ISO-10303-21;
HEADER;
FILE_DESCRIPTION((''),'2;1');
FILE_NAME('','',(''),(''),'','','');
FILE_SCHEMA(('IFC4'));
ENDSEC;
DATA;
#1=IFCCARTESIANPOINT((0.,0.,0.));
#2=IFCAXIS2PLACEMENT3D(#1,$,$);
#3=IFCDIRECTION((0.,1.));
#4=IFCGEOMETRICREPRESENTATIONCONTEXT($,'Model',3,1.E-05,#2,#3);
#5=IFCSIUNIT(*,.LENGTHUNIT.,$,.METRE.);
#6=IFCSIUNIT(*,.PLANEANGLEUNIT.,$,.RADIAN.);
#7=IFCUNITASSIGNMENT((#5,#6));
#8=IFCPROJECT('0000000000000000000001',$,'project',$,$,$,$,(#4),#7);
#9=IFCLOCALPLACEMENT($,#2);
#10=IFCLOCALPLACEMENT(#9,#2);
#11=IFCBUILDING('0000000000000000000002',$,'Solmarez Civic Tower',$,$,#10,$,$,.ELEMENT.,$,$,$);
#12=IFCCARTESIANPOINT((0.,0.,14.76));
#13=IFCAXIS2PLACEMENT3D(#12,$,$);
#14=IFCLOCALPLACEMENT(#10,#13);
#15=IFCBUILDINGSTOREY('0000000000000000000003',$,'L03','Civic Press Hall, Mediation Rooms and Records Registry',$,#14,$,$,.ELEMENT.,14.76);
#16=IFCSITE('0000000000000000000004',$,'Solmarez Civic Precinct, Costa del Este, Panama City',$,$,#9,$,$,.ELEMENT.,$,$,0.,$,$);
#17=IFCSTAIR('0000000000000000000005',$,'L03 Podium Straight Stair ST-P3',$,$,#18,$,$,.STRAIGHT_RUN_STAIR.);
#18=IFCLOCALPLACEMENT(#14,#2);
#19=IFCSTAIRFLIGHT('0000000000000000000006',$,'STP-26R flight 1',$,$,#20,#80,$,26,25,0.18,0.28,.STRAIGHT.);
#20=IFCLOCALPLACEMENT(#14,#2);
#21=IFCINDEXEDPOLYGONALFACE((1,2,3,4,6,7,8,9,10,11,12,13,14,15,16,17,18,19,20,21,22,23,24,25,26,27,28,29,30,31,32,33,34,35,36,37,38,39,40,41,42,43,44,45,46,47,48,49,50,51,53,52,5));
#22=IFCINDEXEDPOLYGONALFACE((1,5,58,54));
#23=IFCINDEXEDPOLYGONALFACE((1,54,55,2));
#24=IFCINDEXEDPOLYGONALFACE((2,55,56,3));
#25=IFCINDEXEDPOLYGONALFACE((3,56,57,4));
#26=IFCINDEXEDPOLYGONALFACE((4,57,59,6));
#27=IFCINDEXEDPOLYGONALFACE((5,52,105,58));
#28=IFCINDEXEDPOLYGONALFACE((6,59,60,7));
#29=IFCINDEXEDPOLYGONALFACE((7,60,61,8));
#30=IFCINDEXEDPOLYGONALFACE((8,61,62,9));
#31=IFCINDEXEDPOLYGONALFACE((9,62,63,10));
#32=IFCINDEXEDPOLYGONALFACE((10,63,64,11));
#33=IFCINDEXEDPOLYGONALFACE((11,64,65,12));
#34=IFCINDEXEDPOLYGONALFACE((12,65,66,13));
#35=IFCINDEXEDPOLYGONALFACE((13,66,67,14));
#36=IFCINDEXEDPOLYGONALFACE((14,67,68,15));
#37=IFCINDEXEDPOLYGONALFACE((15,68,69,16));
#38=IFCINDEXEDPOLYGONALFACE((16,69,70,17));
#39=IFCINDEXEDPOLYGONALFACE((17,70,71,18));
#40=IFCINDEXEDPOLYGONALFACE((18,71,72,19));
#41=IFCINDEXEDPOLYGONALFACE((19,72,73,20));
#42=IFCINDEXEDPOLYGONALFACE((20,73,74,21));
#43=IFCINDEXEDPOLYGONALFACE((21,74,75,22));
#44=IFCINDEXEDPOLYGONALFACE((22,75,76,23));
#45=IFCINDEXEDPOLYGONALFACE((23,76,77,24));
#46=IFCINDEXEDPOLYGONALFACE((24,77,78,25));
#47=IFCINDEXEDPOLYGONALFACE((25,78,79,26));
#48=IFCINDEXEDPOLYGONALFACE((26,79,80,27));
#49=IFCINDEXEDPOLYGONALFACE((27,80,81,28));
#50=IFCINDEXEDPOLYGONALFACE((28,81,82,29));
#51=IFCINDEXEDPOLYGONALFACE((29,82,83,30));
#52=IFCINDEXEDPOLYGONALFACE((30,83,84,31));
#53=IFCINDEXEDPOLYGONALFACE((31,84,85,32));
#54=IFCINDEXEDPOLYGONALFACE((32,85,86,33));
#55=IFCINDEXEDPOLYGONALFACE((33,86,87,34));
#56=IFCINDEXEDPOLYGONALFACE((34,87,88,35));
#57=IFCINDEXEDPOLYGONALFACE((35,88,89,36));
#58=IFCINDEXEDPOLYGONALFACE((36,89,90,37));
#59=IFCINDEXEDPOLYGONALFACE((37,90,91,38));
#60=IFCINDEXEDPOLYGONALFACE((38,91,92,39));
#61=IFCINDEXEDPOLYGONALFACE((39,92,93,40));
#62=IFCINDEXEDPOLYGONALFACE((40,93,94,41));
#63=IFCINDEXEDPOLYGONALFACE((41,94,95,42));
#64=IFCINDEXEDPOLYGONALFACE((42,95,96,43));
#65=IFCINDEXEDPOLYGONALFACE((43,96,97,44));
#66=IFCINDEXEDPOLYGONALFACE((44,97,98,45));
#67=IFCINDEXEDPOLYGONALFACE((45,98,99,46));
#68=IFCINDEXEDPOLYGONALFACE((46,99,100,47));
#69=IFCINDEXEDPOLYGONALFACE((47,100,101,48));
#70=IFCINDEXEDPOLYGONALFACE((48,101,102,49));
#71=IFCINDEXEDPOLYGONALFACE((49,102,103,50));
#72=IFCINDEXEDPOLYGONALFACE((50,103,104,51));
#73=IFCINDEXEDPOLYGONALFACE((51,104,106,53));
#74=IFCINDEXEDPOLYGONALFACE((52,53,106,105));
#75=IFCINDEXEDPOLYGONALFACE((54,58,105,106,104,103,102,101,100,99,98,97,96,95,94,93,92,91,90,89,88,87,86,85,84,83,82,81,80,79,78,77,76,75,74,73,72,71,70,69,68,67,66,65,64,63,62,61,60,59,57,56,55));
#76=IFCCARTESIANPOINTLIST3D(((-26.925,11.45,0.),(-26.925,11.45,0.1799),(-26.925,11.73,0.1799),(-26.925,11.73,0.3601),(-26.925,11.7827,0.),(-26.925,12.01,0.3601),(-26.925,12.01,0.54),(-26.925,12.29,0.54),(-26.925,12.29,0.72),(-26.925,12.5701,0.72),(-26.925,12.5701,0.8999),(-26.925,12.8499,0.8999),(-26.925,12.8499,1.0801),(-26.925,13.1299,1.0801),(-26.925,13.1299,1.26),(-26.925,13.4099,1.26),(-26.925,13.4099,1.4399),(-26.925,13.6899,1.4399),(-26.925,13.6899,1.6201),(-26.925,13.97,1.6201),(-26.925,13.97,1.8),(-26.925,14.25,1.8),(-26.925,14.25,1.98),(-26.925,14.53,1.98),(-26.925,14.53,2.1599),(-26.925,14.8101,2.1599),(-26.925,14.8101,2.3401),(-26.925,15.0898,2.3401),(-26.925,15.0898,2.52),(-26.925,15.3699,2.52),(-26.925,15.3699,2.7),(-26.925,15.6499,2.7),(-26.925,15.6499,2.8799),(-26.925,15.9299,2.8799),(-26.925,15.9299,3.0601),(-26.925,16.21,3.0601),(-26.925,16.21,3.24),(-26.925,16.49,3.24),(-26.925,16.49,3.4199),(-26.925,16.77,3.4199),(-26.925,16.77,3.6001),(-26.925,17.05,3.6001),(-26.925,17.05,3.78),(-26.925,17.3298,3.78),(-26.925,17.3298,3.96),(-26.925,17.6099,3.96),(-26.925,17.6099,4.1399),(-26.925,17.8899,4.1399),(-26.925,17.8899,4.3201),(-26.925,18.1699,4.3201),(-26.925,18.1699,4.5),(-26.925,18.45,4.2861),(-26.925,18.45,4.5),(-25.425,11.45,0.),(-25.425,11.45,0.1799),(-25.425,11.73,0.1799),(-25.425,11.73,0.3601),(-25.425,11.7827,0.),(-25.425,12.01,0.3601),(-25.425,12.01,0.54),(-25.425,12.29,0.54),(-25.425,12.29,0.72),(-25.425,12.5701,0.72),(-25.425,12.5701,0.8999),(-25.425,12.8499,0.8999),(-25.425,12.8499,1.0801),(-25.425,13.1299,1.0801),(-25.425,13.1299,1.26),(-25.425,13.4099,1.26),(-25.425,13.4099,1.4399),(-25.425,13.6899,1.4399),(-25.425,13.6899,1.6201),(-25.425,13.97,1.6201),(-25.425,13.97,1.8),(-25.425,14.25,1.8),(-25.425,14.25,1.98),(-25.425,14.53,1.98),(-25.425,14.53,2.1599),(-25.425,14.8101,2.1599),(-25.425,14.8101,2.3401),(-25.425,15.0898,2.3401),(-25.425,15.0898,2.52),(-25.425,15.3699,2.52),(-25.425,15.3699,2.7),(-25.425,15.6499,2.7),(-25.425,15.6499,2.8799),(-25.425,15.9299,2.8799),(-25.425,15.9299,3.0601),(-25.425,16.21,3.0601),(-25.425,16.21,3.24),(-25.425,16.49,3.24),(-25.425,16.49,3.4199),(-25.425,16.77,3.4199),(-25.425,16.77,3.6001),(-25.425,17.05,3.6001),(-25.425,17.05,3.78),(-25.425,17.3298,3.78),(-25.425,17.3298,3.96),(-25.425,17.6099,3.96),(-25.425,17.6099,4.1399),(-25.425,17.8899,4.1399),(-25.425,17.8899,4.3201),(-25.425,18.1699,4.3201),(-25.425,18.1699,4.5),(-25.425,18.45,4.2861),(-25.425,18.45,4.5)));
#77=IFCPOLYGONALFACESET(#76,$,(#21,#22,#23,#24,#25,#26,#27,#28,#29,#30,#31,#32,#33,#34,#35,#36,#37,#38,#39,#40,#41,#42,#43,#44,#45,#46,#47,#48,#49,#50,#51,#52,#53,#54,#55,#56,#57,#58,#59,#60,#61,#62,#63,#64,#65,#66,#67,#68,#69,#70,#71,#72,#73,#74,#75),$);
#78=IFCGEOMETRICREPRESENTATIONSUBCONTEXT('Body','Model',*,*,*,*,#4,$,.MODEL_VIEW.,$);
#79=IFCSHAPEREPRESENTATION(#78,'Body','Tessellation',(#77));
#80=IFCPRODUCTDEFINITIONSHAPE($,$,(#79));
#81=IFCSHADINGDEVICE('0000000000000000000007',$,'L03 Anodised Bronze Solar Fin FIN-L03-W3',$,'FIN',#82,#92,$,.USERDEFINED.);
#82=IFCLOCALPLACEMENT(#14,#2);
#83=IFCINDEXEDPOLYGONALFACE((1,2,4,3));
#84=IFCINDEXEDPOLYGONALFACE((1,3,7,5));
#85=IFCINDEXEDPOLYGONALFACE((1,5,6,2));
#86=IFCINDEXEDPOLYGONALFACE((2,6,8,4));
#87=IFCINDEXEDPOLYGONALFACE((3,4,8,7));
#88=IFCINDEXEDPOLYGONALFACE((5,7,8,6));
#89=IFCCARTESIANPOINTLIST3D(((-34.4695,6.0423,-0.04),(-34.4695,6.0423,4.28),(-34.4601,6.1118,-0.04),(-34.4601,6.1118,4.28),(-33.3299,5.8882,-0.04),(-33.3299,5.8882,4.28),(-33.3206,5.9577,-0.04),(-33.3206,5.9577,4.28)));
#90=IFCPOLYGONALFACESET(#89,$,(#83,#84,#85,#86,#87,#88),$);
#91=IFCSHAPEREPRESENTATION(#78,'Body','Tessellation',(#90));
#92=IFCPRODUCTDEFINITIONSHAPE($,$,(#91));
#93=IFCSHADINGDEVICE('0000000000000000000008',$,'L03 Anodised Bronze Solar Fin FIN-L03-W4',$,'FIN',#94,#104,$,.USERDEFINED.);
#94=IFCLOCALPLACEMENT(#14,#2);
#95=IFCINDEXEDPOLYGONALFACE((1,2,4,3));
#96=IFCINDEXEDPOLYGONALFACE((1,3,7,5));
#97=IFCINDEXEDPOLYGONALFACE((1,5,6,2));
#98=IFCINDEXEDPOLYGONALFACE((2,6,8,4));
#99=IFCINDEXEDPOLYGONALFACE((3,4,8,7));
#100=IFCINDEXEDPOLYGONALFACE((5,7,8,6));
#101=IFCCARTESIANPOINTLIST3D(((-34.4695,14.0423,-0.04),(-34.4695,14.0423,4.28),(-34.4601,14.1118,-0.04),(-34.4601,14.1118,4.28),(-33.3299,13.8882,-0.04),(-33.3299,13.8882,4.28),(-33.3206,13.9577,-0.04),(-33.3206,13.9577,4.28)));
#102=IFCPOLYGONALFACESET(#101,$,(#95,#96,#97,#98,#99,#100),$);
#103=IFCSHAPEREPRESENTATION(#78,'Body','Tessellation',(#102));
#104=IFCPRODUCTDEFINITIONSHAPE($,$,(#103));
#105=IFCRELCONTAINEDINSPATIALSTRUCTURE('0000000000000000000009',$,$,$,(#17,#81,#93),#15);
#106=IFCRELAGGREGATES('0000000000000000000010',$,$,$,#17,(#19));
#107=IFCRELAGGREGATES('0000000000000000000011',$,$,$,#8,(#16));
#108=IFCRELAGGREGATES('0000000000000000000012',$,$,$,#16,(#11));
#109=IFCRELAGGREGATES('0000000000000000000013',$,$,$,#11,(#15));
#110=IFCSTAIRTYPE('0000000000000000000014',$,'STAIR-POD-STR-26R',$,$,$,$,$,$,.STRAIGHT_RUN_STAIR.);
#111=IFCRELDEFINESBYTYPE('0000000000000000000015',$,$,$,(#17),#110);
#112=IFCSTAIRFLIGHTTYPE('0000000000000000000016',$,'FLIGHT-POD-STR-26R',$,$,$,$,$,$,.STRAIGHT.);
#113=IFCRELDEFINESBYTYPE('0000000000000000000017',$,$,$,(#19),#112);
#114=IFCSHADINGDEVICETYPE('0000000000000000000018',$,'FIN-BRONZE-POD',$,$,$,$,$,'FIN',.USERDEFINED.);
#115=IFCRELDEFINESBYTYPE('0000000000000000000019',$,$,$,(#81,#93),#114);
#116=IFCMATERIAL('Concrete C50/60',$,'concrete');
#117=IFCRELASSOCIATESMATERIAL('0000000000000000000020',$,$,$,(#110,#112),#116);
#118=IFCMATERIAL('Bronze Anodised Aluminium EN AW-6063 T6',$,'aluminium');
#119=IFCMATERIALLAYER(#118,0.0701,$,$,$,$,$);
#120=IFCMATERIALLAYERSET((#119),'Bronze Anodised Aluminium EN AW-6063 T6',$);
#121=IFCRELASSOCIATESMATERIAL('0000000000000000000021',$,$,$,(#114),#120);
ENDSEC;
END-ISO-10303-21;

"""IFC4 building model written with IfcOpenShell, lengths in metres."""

from ifc_helpers import new_model, si_unit, direction, frame, origin, origin_2d, place, context, subcontext, project, spatial, polyline, rectangle, outline, extrude, material, layer, layer_set, type_object, element, aggregate, save


model = new_model("IFC4")

# Units and contexts
model_context = context("Model", 3, precision=1e-05, world=origin(), true_north=direction((0.0, 1.0)))
body_context = subcontext(model_context, "Body", "Model", "MODEL_VIEW")
ifc_project = project(units=[si_unit("LENGTHUNIT", "METRE"), si_unit("PLANEANGLEUNIT", "RADIAN")], contexts=[model_context])

# Site, building, storey
site_placement = place(None, origin())
site = spatial("IfcSite", under=ifc_project, at=site_placement, Name="Solmarez Civic Precinct, Costa del Este, Panama City", CompositionType="ELEMENT", RefElevation=0.0)
building_placement = place(site_placement, origin())
building = spatial("IfcBuilding", under=site, at=building_placement, Name="Solmarez Civic Tower", CompositionType="ELEMENT")
storey_placement = place(building_placement, frame((0.0, 0.0, 14.76)))
storey = spatial("IfcBuildingStorey", under=building, at=storey_placement, Name="L03", Description="Civic Press Hall, Mediation Rooms and Records Registry", CompositionType="ELEMENT", Elevation=14.76)

# Shared definitions
ifc_material_1 = material(Name="Concrete C50/60", Category="concrete")

# Stair, stair flight
stair_type = type_object("IfcStairType", Name="STAIR-POD-STR-26R", PredefinedType="STRAIGHT_RUN_STAIR", material=ifc_material_1)
stair_placement = place(storey_placement, origin())
stair = element("IfcStair", 1, at=stair_placement, inside=storey, type_object=stair_type, Name="L03 Podium Straight Stair ST-P3", PredefinedType="STRAIGHT_RUN_STAIR")
stair_flight_type = type_object("IfcStairFlightType", Name="FLIGHT-POD-STR-26R", PredefinedType="STRAIGHT", material=ifc_material_1)
stair_flight_placement = place(storey_placement, frame((-26.175, 11.45, 0.0), z_axis=(0.0, 0.0, 1.0), x_axis=(0.0, 1.0, 0.0)))
stair_flight = element("IfcStairFlight", 2, at=stair_flight_placement, type_object=stair_flight_type, Name="STP-26R flight 1", NumberOfRisers=26, NumberOfTreads=25, PredefinedType="STRAIGHT", RiserHeight=0.18, TreadLength=0.28, context=body_context, shape_type="SweptSolid", body=[
    extrude(outline(polyline([(0.0, 0.0), (0.0, 0.1799), (0.28, 0.1799), (0.28, 0.3601), (0.5601, 0.3601), (0.5601, 0.54), (0.8401, 0.54), (0.8401, 0.72), (1.1201, 0.72), (1.1201, 0.8999), (1.3999, 0.8999), (1.3999, 1.0801), (1.6799, 1.0801), (1.6799, 1.26), (1.96, 1.26), (1.96, 1.4399), (2.24, 1.4399), (2.24, 1.6201), (2.52, 1.6201), (2.52, 1.8), (2.8, 1.8), (2.8, 1.98), (3.0801, 1.98), (3.0801, 2.1599), (3.3601, 2.1599), (3.3601, 2.3401), (3.6399, 2.3401), (3.6399, 2.52), (3.9199, 2.52), (3.9199, 2.7), (4.2, 2.7), (4.2, 2.8799), (4.48, 2.8799), (4.48, 3.0601), (4.76, 3.0601), (4.76, 3.24), (5.04, 3.24), (5.04, 3.4199), (5.3201, 3.4199), (5.3201, 3.6001), (5.6001, 3.6001), (5.6001, 3.78), (5.8799, 3.78), (5.8799, 3.96), (6.1599, 3.96), (6.1599, 4.1399), (6.4399, 4.1399), (6.4399, 4.3201), (6.72, 4.3201), (6.72, 4.5), (7.0, 4.5), (7.0, 4.6799), (7.0, 4.2861), (0.3328, 0.0), (0.0, 0.0)])), frame((0.0, 0.75, 0.0), z_axis=(0.0, -1.0, 0.0), x_axis=(1.0, 0.0, 0.0)), (0.0, 0.0, 1.0), 1.5),
])
aggregate(stair, [stair_flight])

# Shading devices
ifc_material_2 = material(Name="Bronze Anodised Aluminium EN AW-6063 T6", Category="aluminium")
ifc_layer_1 = layer(ifc_material_2, 0.0701)
ifc_layer_set_1 = layer_set([ifc_layer_1], Name="Bronze Anodised Aluminium EN AW-6063 T6")
shading_device_type = type_object("IfcShadingDeviceType", Name="FIN-BRONZE-POD", ElementType="FIN", PredefinedType="USERDEFINED", material=ifc_layer_set_1)
for number, where, z_axis, x_axis, name in (
    (3, (-33.895, 6.0, -0.04), (0.0, 0.0, 1.0), (-0.990983, 0.133986, 0.0), "L03 Anodised Bronze Solar Fin FIN-L03-W3"),
    (4, (-33.895, 14.0, -0.04), (0.0, 0.0, 1.0), (-0.990983, 0.133986, 0.0), "L03 Anodised Bronze Solar Fin FIN-L03-W4"),
):
    element("IfcShadingDevice", number, at=place(storey_placement, frame(where, z_axis=z_axis, x_axis=x_axis)), inside=storey, type_object=shading_device_type, Name=name, ObjectType="FIN", PredefinedType="USERDEFINED", context=body_context, shape_type="SweptSolid", body=[
        extrude(rectangle(XDim=1.1499, YDim=0.0701, at=origin_2d()), origin(), (0.0, 0.0, 1.0), 4.3201),
    ])

save(model, "model.ifc")
